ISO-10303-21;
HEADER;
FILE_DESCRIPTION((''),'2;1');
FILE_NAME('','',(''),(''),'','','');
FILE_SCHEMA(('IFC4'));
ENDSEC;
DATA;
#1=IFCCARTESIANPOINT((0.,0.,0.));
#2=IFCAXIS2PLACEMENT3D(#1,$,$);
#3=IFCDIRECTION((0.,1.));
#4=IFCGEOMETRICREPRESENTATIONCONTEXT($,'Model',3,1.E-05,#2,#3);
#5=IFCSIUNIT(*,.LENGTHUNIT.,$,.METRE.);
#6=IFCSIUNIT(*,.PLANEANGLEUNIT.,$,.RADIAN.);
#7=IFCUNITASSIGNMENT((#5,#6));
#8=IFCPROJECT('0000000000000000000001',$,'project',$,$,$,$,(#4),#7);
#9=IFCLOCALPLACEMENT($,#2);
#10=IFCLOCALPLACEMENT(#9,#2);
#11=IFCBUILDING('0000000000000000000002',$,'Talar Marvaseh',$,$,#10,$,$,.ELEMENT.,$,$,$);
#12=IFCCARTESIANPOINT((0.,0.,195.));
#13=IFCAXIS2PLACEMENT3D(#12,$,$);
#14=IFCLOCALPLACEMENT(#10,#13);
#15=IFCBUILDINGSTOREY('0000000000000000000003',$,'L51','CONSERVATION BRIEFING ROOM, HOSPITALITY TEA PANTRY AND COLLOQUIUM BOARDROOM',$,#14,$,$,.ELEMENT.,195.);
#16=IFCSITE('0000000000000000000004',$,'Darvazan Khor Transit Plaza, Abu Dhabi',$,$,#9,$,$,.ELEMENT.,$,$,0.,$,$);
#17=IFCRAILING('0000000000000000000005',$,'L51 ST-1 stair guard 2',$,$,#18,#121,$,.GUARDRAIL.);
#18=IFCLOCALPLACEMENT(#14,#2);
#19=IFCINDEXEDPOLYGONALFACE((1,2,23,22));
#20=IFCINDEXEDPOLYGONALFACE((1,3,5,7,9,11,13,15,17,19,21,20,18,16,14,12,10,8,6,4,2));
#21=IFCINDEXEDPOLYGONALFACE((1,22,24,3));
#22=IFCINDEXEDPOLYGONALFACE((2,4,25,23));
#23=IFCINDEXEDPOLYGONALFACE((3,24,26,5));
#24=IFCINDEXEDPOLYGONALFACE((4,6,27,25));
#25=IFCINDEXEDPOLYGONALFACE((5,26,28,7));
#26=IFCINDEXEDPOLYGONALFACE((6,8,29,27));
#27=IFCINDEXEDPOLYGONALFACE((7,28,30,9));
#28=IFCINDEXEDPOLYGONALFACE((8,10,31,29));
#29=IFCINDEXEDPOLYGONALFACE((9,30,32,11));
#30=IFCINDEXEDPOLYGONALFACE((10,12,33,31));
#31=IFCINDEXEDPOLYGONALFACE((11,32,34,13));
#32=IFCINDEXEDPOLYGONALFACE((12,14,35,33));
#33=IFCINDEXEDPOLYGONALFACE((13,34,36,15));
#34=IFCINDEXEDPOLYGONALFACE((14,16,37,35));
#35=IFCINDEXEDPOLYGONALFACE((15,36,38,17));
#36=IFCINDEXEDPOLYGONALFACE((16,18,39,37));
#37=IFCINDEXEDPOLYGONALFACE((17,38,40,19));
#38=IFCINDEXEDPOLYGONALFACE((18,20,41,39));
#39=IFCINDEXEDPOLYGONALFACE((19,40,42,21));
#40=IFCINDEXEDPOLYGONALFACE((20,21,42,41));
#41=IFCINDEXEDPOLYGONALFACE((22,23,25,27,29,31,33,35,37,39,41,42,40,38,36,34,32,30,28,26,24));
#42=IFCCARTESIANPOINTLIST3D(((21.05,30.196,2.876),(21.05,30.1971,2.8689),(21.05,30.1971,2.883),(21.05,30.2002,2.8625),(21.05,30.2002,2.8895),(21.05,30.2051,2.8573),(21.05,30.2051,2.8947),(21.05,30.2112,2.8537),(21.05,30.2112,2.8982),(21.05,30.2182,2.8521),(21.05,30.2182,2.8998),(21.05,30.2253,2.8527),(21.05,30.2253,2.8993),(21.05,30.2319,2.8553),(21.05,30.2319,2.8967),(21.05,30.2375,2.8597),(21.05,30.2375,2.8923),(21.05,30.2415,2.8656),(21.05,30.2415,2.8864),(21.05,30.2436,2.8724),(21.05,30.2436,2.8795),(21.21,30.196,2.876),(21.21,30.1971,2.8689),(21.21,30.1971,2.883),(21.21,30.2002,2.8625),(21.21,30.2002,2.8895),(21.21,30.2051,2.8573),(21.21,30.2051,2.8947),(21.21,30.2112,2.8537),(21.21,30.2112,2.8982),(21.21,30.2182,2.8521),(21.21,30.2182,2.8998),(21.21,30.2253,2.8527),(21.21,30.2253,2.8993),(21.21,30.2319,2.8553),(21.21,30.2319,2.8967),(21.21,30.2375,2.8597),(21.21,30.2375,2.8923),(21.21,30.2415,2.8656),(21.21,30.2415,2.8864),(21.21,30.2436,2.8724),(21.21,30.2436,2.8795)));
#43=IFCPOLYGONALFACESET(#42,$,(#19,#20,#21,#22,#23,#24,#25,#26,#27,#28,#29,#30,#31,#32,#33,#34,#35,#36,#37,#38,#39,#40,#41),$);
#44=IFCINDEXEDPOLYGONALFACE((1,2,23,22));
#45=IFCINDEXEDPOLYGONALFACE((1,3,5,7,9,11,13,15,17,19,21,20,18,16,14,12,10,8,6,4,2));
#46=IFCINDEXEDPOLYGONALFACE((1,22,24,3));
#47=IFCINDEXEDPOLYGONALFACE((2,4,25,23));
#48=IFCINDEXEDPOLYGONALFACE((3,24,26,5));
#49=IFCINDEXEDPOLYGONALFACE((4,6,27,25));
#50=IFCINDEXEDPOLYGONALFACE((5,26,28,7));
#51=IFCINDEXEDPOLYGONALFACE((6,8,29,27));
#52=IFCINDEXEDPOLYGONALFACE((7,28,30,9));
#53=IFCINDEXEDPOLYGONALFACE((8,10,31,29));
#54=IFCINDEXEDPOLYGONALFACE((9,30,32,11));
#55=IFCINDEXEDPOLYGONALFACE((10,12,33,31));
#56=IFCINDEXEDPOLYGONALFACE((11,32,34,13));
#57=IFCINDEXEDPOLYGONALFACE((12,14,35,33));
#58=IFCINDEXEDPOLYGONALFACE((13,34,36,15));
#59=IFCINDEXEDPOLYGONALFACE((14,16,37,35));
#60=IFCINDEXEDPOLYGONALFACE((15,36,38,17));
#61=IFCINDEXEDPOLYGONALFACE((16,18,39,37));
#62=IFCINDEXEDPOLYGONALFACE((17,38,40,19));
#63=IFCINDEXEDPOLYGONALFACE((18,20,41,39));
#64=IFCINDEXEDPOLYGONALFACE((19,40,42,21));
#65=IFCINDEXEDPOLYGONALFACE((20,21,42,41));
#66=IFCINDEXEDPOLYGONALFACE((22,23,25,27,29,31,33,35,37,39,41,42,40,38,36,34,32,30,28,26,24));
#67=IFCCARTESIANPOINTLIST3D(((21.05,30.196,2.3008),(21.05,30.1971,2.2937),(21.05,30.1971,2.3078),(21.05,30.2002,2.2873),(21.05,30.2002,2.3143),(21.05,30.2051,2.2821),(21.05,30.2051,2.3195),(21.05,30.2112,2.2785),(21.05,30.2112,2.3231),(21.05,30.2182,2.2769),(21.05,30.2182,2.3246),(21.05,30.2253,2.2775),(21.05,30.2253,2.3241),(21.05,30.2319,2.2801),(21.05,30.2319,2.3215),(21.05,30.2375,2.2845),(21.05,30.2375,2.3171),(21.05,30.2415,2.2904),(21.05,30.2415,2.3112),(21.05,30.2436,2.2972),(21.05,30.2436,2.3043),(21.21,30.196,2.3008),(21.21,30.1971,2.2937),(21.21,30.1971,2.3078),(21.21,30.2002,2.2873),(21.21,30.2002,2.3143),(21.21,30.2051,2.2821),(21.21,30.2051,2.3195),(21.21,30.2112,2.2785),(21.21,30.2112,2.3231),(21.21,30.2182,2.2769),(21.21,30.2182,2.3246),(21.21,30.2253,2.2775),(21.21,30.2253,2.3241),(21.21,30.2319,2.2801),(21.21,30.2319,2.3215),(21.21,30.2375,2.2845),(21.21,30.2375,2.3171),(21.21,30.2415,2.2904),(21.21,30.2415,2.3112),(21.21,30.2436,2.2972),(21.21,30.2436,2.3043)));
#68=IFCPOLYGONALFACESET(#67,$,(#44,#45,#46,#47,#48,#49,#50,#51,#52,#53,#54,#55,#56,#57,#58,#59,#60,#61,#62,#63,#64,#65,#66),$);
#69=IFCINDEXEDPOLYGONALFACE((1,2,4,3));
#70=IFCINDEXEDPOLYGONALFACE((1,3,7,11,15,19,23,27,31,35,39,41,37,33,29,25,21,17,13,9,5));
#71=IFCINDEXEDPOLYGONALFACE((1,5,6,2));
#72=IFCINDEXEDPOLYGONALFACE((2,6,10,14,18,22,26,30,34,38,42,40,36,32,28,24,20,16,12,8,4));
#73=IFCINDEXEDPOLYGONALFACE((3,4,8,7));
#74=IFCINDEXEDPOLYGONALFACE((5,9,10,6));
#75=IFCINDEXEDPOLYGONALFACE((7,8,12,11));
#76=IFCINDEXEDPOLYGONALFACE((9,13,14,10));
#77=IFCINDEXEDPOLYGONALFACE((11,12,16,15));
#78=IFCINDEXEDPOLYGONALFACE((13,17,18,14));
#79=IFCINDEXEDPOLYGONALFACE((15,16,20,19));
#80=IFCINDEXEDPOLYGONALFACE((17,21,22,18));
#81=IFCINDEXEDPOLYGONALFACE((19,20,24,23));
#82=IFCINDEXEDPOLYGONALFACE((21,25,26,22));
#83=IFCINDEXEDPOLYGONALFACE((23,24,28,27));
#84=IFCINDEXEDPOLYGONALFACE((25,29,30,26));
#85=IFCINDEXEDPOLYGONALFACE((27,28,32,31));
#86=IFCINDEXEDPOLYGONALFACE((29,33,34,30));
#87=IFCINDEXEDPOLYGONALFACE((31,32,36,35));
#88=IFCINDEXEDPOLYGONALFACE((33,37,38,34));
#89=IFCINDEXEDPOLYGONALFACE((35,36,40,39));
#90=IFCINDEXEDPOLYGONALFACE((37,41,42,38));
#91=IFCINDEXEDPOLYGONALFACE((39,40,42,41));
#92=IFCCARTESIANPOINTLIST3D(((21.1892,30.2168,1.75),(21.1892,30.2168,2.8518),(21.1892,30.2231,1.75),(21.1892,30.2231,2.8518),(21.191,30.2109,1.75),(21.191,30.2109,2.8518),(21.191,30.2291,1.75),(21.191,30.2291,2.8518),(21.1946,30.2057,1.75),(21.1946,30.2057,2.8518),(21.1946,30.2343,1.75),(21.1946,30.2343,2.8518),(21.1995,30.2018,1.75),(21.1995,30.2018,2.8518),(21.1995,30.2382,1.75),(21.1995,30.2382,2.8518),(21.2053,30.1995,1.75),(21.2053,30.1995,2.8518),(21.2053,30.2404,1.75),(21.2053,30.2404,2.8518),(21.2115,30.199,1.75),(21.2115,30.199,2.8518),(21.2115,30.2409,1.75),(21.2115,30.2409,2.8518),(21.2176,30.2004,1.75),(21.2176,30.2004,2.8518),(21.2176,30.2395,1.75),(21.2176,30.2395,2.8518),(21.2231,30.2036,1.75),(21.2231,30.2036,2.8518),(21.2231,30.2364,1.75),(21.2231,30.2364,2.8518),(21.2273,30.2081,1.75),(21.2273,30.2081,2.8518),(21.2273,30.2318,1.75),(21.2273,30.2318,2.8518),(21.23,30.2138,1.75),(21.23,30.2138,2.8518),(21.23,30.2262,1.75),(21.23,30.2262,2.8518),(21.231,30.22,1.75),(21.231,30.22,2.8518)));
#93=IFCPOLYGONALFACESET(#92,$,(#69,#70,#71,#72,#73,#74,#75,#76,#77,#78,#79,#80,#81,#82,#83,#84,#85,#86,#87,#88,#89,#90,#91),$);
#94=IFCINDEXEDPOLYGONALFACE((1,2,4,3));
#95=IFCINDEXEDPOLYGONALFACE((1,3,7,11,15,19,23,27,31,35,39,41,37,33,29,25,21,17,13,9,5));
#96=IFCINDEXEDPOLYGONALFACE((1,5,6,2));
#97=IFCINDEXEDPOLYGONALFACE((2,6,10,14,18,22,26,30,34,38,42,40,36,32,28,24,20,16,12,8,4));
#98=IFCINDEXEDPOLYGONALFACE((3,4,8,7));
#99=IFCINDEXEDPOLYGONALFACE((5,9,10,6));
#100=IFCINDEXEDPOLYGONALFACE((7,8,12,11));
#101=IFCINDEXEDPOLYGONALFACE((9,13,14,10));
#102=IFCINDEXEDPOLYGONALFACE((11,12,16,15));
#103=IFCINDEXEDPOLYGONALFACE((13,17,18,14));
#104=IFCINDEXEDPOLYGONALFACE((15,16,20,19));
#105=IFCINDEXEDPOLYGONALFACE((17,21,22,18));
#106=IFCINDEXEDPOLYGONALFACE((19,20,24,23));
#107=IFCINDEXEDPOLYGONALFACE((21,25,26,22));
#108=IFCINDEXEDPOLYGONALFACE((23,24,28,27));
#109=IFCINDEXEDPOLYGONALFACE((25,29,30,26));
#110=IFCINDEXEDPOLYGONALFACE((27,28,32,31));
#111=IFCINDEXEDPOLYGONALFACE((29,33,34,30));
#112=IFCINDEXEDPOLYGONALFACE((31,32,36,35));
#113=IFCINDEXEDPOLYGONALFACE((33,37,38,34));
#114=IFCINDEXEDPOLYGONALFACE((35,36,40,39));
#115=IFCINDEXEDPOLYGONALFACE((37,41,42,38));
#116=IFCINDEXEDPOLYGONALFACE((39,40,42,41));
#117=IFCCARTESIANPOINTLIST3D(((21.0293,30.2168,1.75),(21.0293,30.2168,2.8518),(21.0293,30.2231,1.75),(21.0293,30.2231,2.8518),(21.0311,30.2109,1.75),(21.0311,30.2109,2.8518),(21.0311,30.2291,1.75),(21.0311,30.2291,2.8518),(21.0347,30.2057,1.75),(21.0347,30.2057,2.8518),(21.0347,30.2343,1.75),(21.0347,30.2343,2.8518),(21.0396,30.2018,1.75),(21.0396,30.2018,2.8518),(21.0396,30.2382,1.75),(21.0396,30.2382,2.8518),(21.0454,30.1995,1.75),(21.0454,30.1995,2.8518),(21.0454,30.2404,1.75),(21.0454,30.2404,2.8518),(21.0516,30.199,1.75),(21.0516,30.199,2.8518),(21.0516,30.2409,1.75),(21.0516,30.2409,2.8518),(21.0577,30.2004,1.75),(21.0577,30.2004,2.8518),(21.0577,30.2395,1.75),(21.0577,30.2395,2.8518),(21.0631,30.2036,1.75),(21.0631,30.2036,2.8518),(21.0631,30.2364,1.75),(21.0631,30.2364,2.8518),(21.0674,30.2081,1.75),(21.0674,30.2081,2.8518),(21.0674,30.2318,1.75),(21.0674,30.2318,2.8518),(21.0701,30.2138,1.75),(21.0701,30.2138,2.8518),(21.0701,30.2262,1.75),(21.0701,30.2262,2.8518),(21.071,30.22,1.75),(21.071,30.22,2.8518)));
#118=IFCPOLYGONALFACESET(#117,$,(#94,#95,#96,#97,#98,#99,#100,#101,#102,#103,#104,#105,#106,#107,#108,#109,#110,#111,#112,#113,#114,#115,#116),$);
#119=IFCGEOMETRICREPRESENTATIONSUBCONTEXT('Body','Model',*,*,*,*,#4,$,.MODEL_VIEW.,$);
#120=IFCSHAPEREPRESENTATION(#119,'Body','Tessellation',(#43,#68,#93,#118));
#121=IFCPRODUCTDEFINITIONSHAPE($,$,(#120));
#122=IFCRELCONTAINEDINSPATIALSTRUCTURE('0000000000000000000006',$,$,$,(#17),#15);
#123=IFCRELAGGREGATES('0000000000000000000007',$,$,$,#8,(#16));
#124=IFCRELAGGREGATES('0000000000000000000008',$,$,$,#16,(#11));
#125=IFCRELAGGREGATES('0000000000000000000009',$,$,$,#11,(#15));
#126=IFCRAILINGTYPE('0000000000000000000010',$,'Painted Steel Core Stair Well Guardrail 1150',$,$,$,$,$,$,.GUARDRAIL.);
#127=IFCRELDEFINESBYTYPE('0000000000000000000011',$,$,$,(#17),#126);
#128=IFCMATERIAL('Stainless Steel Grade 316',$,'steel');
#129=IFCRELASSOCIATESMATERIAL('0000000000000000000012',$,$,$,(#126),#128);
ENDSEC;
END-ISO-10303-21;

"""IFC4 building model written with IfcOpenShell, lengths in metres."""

from ifc_helpers import new_model, si_unit, direction, frame, origin, origin_2d, place, context, subcontext, project, spatial, circle, extrude, material, type_object, element, save


model = new_model("IFC4")

# Units and contexts
model_context = context("Model", 3, precision=1e-05, world=origin(), true_north=direction((0.0, 1.0)))
body_context = subcontext(model_context, "Body", "Model", "MODEL_VIEW")
ifc_project = project(units=[si_unit("LENGTHUNIT", "METRE"), si_unit("PLANEANGLEUNIT", "RADIAN")], contexts=[model_context])

# Site, building, storey
site_placement = place(None, origin())
site = spatial("IfcSite", under=ifc_project, at=site_placement, Name="Darvazan Khor Transit Plaza, Abu Dhabi", CompositionType="ELEMENT", RefElevation=0.0)
building_placement = place(site_placement, origin())
building = spatial("IfcBuilding", under=site, at=building_placement, Name="Talar Marvaseh", CompositionType="ELEMENT")
storey_placement = place(building_placement, frame((0.0, 0.0, 195.0)))
storey = spatial("IfcBuildingStorey", under=building, at=storey_placement, Name="L51", Description="CONSERVATION BRIEFING ROOM, HOSPITALITY TEA PANTRY AND COLLOQUIUM BOARDROOM", CompositionType="ELEMENT", Elevation=195.0)

# Railing
ifc_material_1 = material(Name="Stainless Steel Grade 316", Category="steel")
railing_type_1 = type_object("IfcRailingType", Name="Painted Steel Core Stair Well Guardrail 1150", PredefinedType="GUARDRAIL", material=ifc_material_1)
railing_1_placement = place(storey_placement, frame((21.21, 30.22, 1.75)))
element("IfcRailing", 1, at=railing_1_placement, inside=storey, type_object=railing_type_1, Name="L51 ST-1 stair guard 2", PredefinedType="GUARDRAIL", context=body_context, shape_type="SweptSolid", body=[
    extrude(circle(Radius=0.0239, at=origin_2d()), frame((0.0, 0.0, 1.126), z_axis=(-1.0, 0.0, 0.0), x_axis=(0.0, -1.0, 0.0)), (0.0, 0.0, 1.0), 0.1599),
    extrude(circle(Radius=0.0239, at=origin_2d()), frame((0.0, 0.0, 0.5508), z_axis=(-1.0, 0.0, 0.0), x_axis=(0.0, -1.0, 0.0)), (0.0, 0.0, 1.0), 0.1599),
    extrude(circle(Radius=0.021, at=origin_2d()), origin(), (0.0, 0.0, 1.0), 1.1018),
    extrude(circle(Radius=0.021, at=origin_2d()), frame((-0.1599, 0.0, 0.0)), (0.0, 0.0, 1.0), 1.1018),
])

save(model, "model.ifc")
